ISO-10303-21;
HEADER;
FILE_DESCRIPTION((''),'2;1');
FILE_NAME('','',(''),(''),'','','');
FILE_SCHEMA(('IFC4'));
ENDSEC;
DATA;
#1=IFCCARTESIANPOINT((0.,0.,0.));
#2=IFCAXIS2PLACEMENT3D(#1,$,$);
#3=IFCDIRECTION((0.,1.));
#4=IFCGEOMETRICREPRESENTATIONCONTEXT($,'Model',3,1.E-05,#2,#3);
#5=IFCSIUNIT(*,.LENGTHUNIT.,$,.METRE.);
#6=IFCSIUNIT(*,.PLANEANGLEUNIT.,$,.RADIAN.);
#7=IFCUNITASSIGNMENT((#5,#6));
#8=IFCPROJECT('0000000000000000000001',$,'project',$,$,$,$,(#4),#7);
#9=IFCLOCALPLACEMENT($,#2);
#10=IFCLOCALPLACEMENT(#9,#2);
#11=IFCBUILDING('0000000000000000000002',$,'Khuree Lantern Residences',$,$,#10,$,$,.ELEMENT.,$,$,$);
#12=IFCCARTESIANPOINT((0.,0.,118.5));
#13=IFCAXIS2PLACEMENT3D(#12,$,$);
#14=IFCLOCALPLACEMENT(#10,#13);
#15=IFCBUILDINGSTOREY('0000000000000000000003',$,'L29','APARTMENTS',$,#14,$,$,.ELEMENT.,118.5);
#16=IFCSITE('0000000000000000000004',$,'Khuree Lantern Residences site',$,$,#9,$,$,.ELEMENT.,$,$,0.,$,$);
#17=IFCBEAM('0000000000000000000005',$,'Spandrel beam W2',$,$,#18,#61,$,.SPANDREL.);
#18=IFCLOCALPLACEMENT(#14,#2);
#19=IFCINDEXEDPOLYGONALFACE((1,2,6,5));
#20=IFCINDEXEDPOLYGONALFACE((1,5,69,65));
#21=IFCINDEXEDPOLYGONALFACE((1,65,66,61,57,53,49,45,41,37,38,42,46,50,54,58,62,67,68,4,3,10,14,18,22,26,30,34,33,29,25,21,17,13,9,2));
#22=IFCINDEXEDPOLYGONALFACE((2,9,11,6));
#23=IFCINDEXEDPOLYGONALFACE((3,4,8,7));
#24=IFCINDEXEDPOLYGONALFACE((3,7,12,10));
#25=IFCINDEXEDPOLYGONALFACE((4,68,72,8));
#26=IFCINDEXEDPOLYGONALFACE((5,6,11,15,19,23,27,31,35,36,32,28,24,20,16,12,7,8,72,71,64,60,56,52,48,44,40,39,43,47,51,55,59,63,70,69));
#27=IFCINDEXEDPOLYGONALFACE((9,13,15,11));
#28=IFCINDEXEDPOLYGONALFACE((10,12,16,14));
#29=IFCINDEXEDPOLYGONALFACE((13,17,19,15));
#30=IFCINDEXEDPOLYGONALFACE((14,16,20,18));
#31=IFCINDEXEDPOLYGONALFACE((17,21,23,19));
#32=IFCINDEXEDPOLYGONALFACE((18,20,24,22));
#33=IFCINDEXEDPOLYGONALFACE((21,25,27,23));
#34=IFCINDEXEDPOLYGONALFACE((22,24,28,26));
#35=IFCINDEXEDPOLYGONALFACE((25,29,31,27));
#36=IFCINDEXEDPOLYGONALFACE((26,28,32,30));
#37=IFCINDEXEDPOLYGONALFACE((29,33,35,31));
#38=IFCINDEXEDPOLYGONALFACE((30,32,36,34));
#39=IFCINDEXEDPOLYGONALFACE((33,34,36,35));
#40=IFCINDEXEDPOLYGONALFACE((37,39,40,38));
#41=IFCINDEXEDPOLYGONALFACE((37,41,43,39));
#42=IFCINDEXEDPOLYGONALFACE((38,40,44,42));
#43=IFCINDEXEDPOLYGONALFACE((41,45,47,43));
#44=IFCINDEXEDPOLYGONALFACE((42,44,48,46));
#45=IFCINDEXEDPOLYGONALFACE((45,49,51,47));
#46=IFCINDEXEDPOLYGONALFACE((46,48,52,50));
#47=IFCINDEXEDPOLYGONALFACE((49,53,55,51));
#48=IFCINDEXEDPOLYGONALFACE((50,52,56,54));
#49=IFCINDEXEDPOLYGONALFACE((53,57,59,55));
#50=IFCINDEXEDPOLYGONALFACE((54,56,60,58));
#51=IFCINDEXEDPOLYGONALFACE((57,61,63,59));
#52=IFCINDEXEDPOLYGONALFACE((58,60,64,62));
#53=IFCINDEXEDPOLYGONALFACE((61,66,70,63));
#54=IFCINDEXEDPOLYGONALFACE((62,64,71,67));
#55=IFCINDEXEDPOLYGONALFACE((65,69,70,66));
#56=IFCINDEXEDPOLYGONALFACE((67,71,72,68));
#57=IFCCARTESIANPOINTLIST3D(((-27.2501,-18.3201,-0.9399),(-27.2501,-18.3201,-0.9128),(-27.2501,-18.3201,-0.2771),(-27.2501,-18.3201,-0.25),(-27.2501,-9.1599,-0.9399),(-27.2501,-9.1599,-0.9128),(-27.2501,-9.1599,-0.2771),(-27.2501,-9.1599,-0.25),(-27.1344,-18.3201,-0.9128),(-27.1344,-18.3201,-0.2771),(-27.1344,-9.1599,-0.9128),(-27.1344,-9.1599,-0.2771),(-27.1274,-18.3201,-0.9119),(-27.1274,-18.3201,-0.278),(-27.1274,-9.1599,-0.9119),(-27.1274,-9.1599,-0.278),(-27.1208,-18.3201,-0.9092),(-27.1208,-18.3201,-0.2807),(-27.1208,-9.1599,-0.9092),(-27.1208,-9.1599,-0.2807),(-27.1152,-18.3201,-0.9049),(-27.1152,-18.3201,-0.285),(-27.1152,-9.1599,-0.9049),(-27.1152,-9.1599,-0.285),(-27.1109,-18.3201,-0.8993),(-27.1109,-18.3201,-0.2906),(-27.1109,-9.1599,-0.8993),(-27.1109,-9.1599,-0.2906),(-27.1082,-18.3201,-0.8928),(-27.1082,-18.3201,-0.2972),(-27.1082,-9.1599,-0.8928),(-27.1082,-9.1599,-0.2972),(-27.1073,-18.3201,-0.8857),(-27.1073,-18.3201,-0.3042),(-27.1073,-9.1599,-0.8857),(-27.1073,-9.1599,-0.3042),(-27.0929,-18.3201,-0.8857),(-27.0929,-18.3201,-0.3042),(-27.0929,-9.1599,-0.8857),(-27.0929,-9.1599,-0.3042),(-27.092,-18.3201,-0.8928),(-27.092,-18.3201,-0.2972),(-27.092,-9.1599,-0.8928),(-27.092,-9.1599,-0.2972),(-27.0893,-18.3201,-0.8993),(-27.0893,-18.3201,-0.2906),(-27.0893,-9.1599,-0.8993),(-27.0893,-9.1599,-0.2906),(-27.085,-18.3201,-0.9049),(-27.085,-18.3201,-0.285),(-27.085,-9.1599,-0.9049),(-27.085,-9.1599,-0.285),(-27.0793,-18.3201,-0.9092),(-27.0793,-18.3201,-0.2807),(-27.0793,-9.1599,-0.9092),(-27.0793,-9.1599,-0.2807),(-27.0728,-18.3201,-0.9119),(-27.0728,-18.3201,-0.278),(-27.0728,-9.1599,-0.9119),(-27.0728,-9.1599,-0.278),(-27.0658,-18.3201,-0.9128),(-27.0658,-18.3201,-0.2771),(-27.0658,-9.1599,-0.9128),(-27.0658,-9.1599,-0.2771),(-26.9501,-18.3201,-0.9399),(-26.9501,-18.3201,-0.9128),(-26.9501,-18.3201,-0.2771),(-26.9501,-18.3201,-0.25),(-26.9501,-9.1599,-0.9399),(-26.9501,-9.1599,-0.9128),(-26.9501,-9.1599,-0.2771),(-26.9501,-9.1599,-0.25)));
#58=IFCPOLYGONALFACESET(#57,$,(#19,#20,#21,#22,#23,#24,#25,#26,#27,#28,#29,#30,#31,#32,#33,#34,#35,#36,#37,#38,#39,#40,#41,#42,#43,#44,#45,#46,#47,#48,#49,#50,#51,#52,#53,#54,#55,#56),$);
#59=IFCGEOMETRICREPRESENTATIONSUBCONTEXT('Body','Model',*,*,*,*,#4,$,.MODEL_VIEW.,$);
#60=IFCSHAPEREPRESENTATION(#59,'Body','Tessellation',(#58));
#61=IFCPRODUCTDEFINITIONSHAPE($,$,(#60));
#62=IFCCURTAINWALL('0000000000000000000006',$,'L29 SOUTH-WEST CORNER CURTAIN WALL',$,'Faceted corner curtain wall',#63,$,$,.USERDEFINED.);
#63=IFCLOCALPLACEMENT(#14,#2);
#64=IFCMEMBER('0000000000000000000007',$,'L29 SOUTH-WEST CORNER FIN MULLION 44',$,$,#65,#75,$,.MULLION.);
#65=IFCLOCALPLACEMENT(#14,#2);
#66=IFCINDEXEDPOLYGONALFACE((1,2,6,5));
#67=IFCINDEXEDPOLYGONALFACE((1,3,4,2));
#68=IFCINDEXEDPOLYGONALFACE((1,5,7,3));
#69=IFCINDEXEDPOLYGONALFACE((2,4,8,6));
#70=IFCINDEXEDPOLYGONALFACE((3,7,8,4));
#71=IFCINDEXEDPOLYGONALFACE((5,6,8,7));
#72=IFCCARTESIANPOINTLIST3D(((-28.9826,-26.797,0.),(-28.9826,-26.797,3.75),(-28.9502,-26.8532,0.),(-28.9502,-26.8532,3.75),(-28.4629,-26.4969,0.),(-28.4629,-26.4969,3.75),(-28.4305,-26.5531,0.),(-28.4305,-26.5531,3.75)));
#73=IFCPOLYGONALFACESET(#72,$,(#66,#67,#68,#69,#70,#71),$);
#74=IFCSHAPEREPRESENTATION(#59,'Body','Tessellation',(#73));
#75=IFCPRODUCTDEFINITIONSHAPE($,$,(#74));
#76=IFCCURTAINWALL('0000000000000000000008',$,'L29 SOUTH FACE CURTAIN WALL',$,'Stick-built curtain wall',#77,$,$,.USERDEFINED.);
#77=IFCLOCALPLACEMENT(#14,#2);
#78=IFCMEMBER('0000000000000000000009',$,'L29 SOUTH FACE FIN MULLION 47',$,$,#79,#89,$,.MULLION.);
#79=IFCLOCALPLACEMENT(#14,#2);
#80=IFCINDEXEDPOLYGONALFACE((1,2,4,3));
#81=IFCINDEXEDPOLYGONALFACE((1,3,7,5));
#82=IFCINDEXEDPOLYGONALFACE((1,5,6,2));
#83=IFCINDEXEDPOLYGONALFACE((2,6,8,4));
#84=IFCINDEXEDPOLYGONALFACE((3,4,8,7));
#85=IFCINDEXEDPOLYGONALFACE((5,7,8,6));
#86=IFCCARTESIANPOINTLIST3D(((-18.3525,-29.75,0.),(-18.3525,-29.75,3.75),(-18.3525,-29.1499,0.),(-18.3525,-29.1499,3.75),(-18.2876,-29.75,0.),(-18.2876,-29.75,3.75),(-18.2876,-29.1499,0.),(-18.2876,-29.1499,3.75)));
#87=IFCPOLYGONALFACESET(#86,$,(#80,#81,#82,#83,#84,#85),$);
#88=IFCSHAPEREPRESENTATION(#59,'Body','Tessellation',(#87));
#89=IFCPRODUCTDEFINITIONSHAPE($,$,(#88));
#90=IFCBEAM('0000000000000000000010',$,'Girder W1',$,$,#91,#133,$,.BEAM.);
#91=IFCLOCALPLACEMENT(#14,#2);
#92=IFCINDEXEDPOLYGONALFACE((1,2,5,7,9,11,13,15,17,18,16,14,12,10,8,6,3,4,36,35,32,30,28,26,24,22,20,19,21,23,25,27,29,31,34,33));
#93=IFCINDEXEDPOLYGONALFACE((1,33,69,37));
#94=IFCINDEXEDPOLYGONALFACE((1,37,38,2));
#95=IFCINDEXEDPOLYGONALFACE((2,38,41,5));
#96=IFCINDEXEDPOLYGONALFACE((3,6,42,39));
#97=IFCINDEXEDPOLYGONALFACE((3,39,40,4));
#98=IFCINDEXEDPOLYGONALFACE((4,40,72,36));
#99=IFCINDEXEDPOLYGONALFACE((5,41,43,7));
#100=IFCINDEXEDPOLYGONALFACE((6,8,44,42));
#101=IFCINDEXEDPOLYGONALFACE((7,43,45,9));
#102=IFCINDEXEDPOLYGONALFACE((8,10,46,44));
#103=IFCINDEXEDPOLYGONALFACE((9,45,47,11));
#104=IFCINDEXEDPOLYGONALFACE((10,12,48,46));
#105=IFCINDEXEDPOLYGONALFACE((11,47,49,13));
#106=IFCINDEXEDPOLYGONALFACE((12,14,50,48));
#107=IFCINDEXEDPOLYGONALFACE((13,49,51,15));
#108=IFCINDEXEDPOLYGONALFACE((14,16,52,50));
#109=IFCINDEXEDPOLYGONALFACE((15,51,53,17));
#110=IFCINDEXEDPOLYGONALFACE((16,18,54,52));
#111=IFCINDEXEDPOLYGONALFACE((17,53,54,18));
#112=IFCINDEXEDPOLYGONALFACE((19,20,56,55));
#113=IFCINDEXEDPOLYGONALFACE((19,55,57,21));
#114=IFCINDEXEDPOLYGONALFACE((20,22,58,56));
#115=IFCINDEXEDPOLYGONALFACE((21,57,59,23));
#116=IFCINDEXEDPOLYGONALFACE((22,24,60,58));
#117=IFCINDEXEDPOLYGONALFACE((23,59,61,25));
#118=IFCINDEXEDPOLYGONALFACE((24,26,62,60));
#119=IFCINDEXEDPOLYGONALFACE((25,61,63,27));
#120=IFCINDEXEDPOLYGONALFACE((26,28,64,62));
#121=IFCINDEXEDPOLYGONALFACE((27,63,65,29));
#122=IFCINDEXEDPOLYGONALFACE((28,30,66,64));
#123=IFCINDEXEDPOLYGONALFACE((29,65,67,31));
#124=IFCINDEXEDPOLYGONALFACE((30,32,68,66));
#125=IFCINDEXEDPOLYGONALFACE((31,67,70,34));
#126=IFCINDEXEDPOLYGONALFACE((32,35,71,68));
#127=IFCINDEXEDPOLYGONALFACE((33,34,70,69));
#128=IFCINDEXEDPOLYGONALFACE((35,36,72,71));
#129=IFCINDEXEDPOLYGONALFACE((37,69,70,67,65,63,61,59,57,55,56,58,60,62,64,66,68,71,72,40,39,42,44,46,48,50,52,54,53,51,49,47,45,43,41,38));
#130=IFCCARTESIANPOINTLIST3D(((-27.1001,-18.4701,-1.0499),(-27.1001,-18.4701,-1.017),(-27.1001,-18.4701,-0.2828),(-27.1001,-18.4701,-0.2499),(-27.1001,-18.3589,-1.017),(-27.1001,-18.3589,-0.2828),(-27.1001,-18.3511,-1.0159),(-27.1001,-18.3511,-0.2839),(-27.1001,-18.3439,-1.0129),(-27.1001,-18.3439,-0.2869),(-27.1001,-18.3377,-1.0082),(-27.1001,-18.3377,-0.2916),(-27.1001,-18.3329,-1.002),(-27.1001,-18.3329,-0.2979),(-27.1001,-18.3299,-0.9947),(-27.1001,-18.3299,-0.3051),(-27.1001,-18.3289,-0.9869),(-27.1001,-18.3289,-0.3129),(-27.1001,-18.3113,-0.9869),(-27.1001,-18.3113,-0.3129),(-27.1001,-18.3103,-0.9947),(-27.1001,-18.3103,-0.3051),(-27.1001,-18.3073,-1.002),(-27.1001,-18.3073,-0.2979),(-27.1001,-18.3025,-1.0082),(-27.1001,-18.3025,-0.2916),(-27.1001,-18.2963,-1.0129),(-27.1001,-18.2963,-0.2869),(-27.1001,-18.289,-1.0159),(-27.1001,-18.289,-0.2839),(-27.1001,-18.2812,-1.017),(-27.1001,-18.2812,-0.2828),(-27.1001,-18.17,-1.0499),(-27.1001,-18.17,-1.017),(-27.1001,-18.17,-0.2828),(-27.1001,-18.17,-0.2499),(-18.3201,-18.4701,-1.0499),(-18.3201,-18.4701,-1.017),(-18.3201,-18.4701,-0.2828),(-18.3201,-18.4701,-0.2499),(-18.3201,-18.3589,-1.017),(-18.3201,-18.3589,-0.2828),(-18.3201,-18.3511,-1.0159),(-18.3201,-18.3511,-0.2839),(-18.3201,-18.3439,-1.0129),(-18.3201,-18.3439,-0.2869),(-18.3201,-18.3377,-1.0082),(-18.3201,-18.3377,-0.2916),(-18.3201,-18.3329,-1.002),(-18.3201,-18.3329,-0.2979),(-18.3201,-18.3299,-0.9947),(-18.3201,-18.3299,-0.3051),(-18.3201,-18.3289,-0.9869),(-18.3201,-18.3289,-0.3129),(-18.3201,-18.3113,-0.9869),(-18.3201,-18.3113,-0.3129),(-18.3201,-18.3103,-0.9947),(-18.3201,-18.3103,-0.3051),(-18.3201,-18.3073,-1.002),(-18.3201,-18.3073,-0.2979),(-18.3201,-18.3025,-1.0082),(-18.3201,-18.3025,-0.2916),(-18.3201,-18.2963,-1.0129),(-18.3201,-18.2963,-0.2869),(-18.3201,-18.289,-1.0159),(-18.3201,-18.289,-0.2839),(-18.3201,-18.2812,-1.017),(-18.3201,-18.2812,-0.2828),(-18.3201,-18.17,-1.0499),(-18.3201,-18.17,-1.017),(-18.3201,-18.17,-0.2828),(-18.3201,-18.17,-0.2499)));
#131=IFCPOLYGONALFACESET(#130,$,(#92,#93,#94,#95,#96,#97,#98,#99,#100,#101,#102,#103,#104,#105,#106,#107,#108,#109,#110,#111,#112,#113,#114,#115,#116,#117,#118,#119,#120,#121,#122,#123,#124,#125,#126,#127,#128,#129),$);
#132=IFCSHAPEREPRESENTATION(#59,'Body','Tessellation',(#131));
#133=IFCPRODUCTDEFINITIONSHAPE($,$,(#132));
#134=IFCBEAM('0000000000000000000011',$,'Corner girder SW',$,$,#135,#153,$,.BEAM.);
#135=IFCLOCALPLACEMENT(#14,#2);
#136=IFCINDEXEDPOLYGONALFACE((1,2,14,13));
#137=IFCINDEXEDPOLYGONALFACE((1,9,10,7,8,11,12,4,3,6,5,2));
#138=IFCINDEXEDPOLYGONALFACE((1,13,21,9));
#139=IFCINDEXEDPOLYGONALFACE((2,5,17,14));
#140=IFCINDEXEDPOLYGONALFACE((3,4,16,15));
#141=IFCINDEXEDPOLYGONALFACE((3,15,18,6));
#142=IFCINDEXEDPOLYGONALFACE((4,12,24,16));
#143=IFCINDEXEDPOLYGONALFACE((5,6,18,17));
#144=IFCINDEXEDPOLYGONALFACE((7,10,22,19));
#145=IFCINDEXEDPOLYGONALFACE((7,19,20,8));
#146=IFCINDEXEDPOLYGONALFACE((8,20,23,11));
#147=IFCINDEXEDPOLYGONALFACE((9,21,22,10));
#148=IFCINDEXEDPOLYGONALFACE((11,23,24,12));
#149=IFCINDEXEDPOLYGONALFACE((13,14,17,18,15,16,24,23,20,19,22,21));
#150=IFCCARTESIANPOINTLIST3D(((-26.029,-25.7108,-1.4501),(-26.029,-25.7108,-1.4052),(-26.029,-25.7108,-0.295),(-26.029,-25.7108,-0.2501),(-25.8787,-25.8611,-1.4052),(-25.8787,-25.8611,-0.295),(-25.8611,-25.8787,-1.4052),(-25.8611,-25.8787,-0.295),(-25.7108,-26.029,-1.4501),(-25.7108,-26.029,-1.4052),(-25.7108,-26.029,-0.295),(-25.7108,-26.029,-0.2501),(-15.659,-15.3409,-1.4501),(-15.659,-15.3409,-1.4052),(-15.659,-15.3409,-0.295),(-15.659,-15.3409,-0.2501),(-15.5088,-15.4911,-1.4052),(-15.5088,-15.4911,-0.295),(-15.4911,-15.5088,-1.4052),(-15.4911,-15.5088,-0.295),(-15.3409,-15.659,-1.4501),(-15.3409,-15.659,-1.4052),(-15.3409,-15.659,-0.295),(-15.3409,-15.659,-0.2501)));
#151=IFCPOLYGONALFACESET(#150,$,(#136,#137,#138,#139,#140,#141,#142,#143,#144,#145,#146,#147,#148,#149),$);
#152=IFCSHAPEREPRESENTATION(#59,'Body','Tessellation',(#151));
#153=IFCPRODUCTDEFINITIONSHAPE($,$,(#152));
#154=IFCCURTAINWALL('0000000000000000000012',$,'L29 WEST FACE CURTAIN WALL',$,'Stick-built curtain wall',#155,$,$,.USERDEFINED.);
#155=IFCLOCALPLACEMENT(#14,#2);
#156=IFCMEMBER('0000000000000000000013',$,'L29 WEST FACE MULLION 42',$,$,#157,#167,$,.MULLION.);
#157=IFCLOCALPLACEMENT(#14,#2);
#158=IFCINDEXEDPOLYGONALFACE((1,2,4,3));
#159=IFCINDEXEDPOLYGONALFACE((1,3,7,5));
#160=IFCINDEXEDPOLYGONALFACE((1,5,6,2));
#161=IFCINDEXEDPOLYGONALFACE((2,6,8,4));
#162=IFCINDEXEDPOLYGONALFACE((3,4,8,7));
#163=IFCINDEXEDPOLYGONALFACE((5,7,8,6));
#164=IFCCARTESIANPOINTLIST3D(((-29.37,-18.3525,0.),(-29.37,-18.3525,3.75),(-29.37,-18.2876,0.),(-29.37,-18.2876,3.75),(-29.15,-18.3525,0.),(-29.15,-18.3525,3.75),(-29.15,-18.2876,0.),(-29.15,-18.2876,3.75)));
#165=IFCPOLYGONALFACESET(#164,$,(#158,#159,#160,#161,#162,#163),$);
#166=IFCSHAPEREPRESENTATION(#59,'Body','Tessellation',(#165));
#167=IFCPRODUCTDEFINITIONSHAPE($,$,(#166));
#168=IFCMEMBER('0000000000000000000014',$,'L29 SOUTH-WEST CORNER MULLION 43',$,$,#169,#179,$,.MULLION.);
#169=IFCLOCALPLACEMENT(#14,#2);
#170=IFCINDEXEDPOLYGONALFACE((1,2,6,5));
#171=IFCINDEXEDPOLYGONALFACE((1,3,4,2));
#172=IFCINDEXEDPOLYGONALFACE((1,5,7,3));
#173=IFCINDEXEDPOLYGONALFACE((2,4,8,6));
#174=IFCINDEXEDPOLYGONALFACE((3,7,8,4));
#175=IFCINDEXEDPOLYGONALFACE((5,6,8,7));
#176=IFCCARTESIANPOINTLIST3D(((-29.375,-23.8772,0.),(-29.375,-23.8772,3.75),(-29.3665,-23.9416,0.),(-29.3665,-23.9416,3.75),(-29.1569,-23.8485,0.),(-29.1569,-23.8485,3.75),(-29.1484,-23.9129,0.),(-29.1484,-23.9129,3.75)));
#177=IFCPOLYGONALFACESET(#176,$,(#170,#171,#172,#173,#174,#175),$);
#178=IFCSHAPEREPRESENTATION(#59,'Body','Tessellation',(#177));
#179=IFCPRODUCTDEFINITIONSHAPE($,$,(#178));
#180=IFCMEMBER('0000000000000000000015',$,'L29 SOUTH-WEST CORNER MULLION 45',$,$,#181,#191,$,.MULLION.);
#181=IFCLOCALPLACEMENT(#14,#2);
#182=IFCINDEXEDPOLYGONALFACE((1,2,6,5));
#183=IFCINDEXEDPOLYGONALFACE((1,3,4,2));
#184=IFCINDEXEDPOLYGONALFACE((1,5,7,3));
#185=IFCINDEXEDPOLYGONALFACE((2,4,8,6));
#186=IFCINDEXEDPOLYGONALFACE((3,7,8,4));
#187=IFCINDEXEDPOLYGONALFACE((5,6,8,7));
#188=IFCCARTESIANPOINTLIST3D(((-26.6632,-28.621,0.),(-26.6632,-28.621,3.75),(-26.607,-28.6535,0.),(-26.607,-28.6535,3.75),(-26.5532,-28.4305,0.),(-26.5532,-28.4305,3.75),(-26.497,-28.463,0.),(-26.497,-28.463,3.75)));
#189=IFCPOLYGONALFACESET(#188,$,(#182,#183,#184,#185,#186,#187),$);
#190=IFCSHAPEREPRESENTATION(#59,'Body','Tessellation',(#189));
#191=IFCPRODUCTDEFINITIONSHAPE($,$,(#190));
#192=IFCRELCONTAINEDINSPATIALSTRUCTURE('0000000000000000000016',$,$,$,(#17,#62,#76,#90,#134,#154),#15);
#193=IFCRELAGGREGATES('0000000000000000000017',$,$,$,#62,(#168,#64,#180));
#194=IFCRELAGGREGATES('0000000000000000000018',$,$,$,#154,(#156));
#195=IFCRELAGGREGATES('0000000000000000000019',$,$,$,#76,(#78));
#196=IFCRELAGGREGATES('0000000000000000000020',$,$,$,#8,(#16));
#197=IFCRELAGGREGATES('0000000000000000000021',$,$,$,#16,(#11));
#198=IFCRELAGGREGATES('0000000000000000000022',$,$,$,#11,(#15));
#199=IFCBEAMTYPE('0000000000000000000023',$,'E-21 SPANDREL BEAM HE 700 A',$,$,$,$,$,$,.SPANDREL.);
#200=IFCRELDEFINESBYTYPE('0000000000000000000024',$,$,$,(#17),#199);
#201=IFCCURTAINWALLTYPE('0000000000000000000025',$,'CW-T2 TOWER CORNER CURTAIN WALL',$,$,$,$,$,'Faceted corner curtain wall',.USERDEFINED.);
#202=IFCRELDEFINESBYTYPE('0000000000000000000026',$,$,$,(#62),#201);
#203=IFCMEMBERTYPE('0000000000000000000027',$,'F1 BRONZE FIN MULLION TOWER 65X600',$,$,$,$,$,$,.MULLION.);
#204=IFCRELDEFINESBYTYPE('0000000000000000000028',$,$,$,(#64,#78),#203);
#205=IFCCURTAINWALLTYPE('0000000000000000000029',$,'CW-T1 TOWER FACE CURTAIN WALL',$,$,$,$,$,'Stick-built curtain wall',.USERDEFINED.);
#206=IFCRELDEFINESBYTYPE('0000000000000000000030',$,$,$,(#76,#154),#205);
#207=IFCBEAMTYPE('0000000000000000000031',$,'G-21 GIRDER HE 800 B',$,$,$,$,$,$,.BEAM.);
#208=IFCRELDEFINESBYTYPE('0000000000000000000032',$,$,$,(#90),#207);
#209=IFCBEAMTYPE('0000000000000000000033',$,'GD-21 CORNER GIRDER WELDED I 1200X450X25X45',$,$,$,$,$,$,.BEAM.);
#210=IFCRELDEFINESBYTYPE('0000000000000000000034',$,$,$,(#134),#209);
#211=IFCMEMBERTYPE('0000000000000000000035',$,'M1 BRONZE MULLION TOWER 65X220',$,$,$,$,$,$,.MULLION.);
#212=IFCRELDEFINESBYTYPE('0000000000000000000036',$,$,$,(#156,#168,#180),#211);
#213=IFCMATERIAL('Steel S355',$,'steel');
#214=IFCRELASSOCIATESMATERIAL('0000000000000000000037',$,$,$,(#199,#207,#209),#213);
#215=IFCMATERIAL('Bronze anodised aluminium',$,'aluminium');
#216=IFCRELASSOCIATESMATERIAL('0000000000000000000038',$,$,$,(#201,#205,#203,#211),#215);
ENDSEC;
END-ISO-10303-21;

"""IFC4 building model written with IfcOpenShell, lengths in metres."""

from ifc_helpers import new_model, si_unit, direction, frame, origin, origin_2d, place, context, subcontext, project, spatial, rectangle, i_section, extrude, material, material_profile, profile_set, type_object, element, aggregate, save


model = new_model("IFC4")

# Units and contexts
model_context = context("Model", 3, precision=1e-05, world=origin(), true_north=direction((0.0, 1.0)))
body_context = subcontext(model_context, "Body", "Model", "MODEL_VIEW")
ifc_project = project(units=[si_unit("LENGTHUNIT", "METRE"), si_unit("PLANEANGLEUNIT", "RADIAN")], contexts=[model_context])

# Site, building, storey
site_placement = place(None, origin())
site = spatial("IfcSite", under=ifc_project, at=site_placement, Name="Khuree Lantern Residences site", CompositionType="ELEMENT", RefElevation=0.0)
building_placement = place(site_placement, origin())
building = spatial("IfcBuilding", under=site, at=building_placement, Name="Khuree Lantern Residences", CompositionType="ELEMENT")
storey_placement = place(building_placement, frame((0.0, 0.0, 118.5)))
storey = spatial("IfcBuildingStorey", under=building, at=storey_placement, Name="L29", Description="APARTMENTS", CompositionType="ELEMENT", Elevation=118.5)

# Beam
ifc_material_1 = material(Name="Steel S355", Category="steel")
ifc_material_profile_1 = material_profile(ifc_material_1, i_section(OverallWidth=0.3, OverallDepth=0.6899, WebThickness=0.0144, FlangeThickness=0.0271, FilletRadius=0.0271, at=origin_2d()), Name="HE 700 A")
ifc_profile_set_1 = profile_set([ifc_material_profile_1], Name="Steel S355")
beam_type_1 = type_object("IfcBeamType", Name="E-21 SPANDREL BEAM HE 700 A", PredefinedType="SPANDREL", material=ifc_profile_set_1)
beam_1_placement = place(storey_placement, frame((-27.1001, -18.3201, -0.595), z_axis=(0.0, 1.0, 0.0), x_axis=(-1.0, 0.0, 0.0)))
element("IfcBeam", 1, at=beam_1_placement, inside=storey, type_object=beam_type_1, Name="Spandrel beam W2", PredefinedType="SPANDREL", context=body_context, shape_type="SweptSolid", body=[
    extrude(i_section(OverallWidth=0.3, OverallDepth=0.6899, WebThickness=0.0144, FlangeThickness=0.0271, FilletRadius=0.0271, at=origin_2d()), origin(), (0.0, 0.0, 1.0), 9.1602),
])

# Curtain walls, members
ifc_material_2 = material(Name="Bronze anodised aluminium", Category="aluminium")
curtain_wall_type_1 = type_object("IfcCurtainWallType", Name="CW-T2 TOWER CORNER CURTAIN WALL", ElementType="Faceted corner curtain wall", PredefinedType="USERDEFINED", material=ifc_material_2)
curtain_wall_1_placement = place(storey_placement, origin())
curtain_wall_1 = element("IfcCurtainWall", 2, at=curtain_wall_1_placement, inside=storey, type_object=curtain_wall_type_1, Name="L29 SOUTH-WEST CORNER CURTAIN WALL", ObjectType="Faceted corner curtain wall", PredefinedType="USERDEFINED")
ifc_material_profile_2 = material_profile(ifc_material_2, rectangle(XDim=0.0649, YDim=0.6001, at=origin_2d()), Name="F1 65X600")
ifc_profile_set_2 = profile_set([ifc_material_profile_2], Name="Bronze anodised aluminium")
member_type_1 = type_object("IfcMemberType", Name="F1 BRONZE FIN MULLION TOWER 65X600", PredefinedType="MULLION", material=ifc_profile_set_2)
member_1_placement = place(storey_placement, frame((-28.7065, -26.675, 0.0), z_axis=(0.0, 0.0, 1.0), x_axis=(0.5, -0.866025, 0.0)))
member_1 = element("IfcMember", 3, at=member_1_placement, type_object=member_type_1, Name="L29 SOUTH-WEST CORNER FIN MULLION 44", PredefinedType="MULLION", context=body_context, shape_type="SweptSolid", body=[
    extrude(rectangle(XDim=0.0649, YDim=0.6001, at=origin_2d()), origin(), (0.0, 0.0, 1.0), 3.75),
])
curtain_wall_type_2 = type_object("IfcCurtainWallType", Name="CW-T1 TOWER FACE CURTAIN WALL", ElementType="Stick-built curtain wall", PredefinedType="USERDEFINED", material=ifc_material_2)
curtain_wall_2_placement = place(storey_placement, origin())
curtain_wall_2 = element("IfcCurtainWall", 4, at=curtain_wall_2_placement, inside=storey, type_object=curtain_wall_type_2, Name="L29 SOUTH FACE CURTAIN WALL", ObjectType="Stick-built curtain wall", PredefinedType="USERDEFINED")
member_2_placement = place(storey_placement, frame((-18.3201, -29.45, 0.0), z_axis=(0.0, 0.0, 1.0), x_axis=(1.0, 0.0, 0.0)))
member_2 = element("IfcMember", 5, at=member_2_placement, type_object=member_type_1, Name="L29 SOUTH FACE FIN MULLION 47", PredefinedType="MULLION", context=body_context, shape_type="SweptSolid", body=[
    extrude(rectangle(XDim=0.0649, YDim=0.6001, at=origin_2d()), origin(), (0.0, 0.0, 1.0), 3.75),
])

# Beams
ifc_material_profile_3 = material_profile(ifc_material_1, i_section(OverallWidth=0.3, OverallDepth=0.8, WebThickness=0.0176, FlangeThickness=0.033, FilletRadius=0.03, at=origin_2d()), Name="HE 800 B")
ifc_profile_set_3 = profile_set([ifc_material_profile_3], Name="Steel S355")
beam_type_2 = type_object("IfcBeamType", Name="G-21 GIRDER HE 800 B", PredefinedType="BEAM", material=ifc_profile_set_3)
beam_2_placement = place(storey_placement, frame((-27.1001, -18.3201, -0.6499), z_axis=(1.0, 0.0, 0.0), x_axis=(0.0, 1.0, 0.0)))
element("IfcBeam", 6, at=beam_2_placement, inside=storey, type_object=beam_type_2, Name="Girder W1", PredefinedType="BEAM", context=body_context, shape_type="SweptSolid", body=[
    extrude(i_section(OverallWidth=0.3, OverallDepth=0.8, WebThickness=0.0176, FlangeThickness=0.033, FilletRadius=0.03, at=origin_2d()), origin(), (0.0, 0.0, 1.0), 8.78),
])
ifc_material_profile_4 = material_profile(ifc_material_1, i_section(OverallWidth=0.45, OverallDepth=1.2, WebThickness=0.0249, FlangeThickness=0.0449, at=origin_2d()), Name="WELDED I 1200X450X25X45")
ifc_profile_set_4 = profile_set([ifc_material_profile_4], Name="Steel S355")
beam_type_3 = type_object("IfcBeamType", Name="GD-21 CORNER GIRDER WELDED I 1200X450X25X45", PredefinedType="BEAM", material=ifc_profile_set_4)
beam_3_placement = place(storey_placement, frame((-25.8699, -25.8699, -0.8501), z_axis=(0.707107, 0.707107, 0.0), x_axis=(-0.707107, 0.707107, 0.0)))
element("IfcBeam", 7, at=beam_3_placement, inside=storey, type_object=beam_type_3, Name="Corner girder SW", PredefinedType="BEAM", context=body_context, shape_type="SweptSolid", body=[
    extrude(i_section(OverallWidth=0.45, OverallDepth=1.2, WebThickness=0.0249, FlangeThickness=0.0449, at=origin_2d()), origin(), (0.0, 0.0, 1.0), 14.6653),
])

# Curtain wall, member
curtain_wall_3_placement = place(storey_placement, origin())
curtain_wall_3 = element("IfcCurtainWall", 8, at=curtain_wall_3_placement, inside=storey, type_object=curtain_wall_type_2, Name="L29 WEST FACE CURTAIN WALL", ObjectType="Stick-built curtain wall", PredefinedType="USERDEFINED")
ifc_material_profile_5 = material_profile(ifc_material_2, rectangle(XDim=0.0649, YDim=0.22, at=origin_2d()), Name="M1 65X220")
ifc_profile_set_5 = profile_set([ifc_material_profile_5], Name="Bronze anodised aluminium")
member_type_2 = type_object("IfcMemberType", Name="M1 BRONZE MULLION TOWER 65X220", PredefinedType="MULLION", material=ifc_profile_set_5)
member_3_placement = place(storey_placement, frame((-29.26, -18.3201, 0.0), z_axis=(0.0, 0.0, 1.0), x_axis=(0.0, -1.0, 0.0)))
member_3 = element("IfcMember", 9, at=member_3_placement, type_object=member_type_2, Name="L29 WEST FACE MULLION 42", PredefinedType="MULLION", context=body_context, shape_type="SweptSolid", body=[
    extrude(rectangle(XDim=0.0649, YDim=0.22, at=origin_2d()), origin(), (0.0, 0.0, 1.0), 3.75),
])

# Members
member_4_placement = place(storey_placement, frame((-29.2617, -23.895, 0.0), z_axis=(0.0, 0.0, 1.0), x_axis=(0.130526, -0.991445, 0.0)))
member_4 = element("IfcMember", 10, at=member_4_placement, type_object=member_type_2, Name="L29 SOUTH-WEST CORNER MULLION 43", PredefinedType="MULLION", context=body_context, shape_type="SweptSolid", body=[
    extrude(rectangle(XDim=0.0649, YDim=0.22, at=origin_2d()), origin(), (0.0, 0.0, 1.0), 3.75),
])
member_5_placement = place(storey_placement, frame((-26.5801, -28.542, 0.0), z_axis=(0.0, 0.0, 1.0), x_axis=(0.866025, -0.5, 0.0)))
member_5 = element("IfcMember", 11, at=member_5_placement, type_object=member_type_2, Name="L29 SOUTH-WEST CORNER MULLION 45", PredefinedType="MULLION", context=body_context, shape_type="SweptSolid", body=[
    extrude(rectangle(XDim=0.0649, YDim=0.22, at=origin_2d()), origin(), (0.0, 0.0, 1.0), 3.75),
])

aggregate(curtain_wall_1, [member_4, member_1, member_5])
aggregate(curtain_wall_3, [member_3])
aggregate(curtain_wall_2, [member_2])

save(model, "model.ifc")
